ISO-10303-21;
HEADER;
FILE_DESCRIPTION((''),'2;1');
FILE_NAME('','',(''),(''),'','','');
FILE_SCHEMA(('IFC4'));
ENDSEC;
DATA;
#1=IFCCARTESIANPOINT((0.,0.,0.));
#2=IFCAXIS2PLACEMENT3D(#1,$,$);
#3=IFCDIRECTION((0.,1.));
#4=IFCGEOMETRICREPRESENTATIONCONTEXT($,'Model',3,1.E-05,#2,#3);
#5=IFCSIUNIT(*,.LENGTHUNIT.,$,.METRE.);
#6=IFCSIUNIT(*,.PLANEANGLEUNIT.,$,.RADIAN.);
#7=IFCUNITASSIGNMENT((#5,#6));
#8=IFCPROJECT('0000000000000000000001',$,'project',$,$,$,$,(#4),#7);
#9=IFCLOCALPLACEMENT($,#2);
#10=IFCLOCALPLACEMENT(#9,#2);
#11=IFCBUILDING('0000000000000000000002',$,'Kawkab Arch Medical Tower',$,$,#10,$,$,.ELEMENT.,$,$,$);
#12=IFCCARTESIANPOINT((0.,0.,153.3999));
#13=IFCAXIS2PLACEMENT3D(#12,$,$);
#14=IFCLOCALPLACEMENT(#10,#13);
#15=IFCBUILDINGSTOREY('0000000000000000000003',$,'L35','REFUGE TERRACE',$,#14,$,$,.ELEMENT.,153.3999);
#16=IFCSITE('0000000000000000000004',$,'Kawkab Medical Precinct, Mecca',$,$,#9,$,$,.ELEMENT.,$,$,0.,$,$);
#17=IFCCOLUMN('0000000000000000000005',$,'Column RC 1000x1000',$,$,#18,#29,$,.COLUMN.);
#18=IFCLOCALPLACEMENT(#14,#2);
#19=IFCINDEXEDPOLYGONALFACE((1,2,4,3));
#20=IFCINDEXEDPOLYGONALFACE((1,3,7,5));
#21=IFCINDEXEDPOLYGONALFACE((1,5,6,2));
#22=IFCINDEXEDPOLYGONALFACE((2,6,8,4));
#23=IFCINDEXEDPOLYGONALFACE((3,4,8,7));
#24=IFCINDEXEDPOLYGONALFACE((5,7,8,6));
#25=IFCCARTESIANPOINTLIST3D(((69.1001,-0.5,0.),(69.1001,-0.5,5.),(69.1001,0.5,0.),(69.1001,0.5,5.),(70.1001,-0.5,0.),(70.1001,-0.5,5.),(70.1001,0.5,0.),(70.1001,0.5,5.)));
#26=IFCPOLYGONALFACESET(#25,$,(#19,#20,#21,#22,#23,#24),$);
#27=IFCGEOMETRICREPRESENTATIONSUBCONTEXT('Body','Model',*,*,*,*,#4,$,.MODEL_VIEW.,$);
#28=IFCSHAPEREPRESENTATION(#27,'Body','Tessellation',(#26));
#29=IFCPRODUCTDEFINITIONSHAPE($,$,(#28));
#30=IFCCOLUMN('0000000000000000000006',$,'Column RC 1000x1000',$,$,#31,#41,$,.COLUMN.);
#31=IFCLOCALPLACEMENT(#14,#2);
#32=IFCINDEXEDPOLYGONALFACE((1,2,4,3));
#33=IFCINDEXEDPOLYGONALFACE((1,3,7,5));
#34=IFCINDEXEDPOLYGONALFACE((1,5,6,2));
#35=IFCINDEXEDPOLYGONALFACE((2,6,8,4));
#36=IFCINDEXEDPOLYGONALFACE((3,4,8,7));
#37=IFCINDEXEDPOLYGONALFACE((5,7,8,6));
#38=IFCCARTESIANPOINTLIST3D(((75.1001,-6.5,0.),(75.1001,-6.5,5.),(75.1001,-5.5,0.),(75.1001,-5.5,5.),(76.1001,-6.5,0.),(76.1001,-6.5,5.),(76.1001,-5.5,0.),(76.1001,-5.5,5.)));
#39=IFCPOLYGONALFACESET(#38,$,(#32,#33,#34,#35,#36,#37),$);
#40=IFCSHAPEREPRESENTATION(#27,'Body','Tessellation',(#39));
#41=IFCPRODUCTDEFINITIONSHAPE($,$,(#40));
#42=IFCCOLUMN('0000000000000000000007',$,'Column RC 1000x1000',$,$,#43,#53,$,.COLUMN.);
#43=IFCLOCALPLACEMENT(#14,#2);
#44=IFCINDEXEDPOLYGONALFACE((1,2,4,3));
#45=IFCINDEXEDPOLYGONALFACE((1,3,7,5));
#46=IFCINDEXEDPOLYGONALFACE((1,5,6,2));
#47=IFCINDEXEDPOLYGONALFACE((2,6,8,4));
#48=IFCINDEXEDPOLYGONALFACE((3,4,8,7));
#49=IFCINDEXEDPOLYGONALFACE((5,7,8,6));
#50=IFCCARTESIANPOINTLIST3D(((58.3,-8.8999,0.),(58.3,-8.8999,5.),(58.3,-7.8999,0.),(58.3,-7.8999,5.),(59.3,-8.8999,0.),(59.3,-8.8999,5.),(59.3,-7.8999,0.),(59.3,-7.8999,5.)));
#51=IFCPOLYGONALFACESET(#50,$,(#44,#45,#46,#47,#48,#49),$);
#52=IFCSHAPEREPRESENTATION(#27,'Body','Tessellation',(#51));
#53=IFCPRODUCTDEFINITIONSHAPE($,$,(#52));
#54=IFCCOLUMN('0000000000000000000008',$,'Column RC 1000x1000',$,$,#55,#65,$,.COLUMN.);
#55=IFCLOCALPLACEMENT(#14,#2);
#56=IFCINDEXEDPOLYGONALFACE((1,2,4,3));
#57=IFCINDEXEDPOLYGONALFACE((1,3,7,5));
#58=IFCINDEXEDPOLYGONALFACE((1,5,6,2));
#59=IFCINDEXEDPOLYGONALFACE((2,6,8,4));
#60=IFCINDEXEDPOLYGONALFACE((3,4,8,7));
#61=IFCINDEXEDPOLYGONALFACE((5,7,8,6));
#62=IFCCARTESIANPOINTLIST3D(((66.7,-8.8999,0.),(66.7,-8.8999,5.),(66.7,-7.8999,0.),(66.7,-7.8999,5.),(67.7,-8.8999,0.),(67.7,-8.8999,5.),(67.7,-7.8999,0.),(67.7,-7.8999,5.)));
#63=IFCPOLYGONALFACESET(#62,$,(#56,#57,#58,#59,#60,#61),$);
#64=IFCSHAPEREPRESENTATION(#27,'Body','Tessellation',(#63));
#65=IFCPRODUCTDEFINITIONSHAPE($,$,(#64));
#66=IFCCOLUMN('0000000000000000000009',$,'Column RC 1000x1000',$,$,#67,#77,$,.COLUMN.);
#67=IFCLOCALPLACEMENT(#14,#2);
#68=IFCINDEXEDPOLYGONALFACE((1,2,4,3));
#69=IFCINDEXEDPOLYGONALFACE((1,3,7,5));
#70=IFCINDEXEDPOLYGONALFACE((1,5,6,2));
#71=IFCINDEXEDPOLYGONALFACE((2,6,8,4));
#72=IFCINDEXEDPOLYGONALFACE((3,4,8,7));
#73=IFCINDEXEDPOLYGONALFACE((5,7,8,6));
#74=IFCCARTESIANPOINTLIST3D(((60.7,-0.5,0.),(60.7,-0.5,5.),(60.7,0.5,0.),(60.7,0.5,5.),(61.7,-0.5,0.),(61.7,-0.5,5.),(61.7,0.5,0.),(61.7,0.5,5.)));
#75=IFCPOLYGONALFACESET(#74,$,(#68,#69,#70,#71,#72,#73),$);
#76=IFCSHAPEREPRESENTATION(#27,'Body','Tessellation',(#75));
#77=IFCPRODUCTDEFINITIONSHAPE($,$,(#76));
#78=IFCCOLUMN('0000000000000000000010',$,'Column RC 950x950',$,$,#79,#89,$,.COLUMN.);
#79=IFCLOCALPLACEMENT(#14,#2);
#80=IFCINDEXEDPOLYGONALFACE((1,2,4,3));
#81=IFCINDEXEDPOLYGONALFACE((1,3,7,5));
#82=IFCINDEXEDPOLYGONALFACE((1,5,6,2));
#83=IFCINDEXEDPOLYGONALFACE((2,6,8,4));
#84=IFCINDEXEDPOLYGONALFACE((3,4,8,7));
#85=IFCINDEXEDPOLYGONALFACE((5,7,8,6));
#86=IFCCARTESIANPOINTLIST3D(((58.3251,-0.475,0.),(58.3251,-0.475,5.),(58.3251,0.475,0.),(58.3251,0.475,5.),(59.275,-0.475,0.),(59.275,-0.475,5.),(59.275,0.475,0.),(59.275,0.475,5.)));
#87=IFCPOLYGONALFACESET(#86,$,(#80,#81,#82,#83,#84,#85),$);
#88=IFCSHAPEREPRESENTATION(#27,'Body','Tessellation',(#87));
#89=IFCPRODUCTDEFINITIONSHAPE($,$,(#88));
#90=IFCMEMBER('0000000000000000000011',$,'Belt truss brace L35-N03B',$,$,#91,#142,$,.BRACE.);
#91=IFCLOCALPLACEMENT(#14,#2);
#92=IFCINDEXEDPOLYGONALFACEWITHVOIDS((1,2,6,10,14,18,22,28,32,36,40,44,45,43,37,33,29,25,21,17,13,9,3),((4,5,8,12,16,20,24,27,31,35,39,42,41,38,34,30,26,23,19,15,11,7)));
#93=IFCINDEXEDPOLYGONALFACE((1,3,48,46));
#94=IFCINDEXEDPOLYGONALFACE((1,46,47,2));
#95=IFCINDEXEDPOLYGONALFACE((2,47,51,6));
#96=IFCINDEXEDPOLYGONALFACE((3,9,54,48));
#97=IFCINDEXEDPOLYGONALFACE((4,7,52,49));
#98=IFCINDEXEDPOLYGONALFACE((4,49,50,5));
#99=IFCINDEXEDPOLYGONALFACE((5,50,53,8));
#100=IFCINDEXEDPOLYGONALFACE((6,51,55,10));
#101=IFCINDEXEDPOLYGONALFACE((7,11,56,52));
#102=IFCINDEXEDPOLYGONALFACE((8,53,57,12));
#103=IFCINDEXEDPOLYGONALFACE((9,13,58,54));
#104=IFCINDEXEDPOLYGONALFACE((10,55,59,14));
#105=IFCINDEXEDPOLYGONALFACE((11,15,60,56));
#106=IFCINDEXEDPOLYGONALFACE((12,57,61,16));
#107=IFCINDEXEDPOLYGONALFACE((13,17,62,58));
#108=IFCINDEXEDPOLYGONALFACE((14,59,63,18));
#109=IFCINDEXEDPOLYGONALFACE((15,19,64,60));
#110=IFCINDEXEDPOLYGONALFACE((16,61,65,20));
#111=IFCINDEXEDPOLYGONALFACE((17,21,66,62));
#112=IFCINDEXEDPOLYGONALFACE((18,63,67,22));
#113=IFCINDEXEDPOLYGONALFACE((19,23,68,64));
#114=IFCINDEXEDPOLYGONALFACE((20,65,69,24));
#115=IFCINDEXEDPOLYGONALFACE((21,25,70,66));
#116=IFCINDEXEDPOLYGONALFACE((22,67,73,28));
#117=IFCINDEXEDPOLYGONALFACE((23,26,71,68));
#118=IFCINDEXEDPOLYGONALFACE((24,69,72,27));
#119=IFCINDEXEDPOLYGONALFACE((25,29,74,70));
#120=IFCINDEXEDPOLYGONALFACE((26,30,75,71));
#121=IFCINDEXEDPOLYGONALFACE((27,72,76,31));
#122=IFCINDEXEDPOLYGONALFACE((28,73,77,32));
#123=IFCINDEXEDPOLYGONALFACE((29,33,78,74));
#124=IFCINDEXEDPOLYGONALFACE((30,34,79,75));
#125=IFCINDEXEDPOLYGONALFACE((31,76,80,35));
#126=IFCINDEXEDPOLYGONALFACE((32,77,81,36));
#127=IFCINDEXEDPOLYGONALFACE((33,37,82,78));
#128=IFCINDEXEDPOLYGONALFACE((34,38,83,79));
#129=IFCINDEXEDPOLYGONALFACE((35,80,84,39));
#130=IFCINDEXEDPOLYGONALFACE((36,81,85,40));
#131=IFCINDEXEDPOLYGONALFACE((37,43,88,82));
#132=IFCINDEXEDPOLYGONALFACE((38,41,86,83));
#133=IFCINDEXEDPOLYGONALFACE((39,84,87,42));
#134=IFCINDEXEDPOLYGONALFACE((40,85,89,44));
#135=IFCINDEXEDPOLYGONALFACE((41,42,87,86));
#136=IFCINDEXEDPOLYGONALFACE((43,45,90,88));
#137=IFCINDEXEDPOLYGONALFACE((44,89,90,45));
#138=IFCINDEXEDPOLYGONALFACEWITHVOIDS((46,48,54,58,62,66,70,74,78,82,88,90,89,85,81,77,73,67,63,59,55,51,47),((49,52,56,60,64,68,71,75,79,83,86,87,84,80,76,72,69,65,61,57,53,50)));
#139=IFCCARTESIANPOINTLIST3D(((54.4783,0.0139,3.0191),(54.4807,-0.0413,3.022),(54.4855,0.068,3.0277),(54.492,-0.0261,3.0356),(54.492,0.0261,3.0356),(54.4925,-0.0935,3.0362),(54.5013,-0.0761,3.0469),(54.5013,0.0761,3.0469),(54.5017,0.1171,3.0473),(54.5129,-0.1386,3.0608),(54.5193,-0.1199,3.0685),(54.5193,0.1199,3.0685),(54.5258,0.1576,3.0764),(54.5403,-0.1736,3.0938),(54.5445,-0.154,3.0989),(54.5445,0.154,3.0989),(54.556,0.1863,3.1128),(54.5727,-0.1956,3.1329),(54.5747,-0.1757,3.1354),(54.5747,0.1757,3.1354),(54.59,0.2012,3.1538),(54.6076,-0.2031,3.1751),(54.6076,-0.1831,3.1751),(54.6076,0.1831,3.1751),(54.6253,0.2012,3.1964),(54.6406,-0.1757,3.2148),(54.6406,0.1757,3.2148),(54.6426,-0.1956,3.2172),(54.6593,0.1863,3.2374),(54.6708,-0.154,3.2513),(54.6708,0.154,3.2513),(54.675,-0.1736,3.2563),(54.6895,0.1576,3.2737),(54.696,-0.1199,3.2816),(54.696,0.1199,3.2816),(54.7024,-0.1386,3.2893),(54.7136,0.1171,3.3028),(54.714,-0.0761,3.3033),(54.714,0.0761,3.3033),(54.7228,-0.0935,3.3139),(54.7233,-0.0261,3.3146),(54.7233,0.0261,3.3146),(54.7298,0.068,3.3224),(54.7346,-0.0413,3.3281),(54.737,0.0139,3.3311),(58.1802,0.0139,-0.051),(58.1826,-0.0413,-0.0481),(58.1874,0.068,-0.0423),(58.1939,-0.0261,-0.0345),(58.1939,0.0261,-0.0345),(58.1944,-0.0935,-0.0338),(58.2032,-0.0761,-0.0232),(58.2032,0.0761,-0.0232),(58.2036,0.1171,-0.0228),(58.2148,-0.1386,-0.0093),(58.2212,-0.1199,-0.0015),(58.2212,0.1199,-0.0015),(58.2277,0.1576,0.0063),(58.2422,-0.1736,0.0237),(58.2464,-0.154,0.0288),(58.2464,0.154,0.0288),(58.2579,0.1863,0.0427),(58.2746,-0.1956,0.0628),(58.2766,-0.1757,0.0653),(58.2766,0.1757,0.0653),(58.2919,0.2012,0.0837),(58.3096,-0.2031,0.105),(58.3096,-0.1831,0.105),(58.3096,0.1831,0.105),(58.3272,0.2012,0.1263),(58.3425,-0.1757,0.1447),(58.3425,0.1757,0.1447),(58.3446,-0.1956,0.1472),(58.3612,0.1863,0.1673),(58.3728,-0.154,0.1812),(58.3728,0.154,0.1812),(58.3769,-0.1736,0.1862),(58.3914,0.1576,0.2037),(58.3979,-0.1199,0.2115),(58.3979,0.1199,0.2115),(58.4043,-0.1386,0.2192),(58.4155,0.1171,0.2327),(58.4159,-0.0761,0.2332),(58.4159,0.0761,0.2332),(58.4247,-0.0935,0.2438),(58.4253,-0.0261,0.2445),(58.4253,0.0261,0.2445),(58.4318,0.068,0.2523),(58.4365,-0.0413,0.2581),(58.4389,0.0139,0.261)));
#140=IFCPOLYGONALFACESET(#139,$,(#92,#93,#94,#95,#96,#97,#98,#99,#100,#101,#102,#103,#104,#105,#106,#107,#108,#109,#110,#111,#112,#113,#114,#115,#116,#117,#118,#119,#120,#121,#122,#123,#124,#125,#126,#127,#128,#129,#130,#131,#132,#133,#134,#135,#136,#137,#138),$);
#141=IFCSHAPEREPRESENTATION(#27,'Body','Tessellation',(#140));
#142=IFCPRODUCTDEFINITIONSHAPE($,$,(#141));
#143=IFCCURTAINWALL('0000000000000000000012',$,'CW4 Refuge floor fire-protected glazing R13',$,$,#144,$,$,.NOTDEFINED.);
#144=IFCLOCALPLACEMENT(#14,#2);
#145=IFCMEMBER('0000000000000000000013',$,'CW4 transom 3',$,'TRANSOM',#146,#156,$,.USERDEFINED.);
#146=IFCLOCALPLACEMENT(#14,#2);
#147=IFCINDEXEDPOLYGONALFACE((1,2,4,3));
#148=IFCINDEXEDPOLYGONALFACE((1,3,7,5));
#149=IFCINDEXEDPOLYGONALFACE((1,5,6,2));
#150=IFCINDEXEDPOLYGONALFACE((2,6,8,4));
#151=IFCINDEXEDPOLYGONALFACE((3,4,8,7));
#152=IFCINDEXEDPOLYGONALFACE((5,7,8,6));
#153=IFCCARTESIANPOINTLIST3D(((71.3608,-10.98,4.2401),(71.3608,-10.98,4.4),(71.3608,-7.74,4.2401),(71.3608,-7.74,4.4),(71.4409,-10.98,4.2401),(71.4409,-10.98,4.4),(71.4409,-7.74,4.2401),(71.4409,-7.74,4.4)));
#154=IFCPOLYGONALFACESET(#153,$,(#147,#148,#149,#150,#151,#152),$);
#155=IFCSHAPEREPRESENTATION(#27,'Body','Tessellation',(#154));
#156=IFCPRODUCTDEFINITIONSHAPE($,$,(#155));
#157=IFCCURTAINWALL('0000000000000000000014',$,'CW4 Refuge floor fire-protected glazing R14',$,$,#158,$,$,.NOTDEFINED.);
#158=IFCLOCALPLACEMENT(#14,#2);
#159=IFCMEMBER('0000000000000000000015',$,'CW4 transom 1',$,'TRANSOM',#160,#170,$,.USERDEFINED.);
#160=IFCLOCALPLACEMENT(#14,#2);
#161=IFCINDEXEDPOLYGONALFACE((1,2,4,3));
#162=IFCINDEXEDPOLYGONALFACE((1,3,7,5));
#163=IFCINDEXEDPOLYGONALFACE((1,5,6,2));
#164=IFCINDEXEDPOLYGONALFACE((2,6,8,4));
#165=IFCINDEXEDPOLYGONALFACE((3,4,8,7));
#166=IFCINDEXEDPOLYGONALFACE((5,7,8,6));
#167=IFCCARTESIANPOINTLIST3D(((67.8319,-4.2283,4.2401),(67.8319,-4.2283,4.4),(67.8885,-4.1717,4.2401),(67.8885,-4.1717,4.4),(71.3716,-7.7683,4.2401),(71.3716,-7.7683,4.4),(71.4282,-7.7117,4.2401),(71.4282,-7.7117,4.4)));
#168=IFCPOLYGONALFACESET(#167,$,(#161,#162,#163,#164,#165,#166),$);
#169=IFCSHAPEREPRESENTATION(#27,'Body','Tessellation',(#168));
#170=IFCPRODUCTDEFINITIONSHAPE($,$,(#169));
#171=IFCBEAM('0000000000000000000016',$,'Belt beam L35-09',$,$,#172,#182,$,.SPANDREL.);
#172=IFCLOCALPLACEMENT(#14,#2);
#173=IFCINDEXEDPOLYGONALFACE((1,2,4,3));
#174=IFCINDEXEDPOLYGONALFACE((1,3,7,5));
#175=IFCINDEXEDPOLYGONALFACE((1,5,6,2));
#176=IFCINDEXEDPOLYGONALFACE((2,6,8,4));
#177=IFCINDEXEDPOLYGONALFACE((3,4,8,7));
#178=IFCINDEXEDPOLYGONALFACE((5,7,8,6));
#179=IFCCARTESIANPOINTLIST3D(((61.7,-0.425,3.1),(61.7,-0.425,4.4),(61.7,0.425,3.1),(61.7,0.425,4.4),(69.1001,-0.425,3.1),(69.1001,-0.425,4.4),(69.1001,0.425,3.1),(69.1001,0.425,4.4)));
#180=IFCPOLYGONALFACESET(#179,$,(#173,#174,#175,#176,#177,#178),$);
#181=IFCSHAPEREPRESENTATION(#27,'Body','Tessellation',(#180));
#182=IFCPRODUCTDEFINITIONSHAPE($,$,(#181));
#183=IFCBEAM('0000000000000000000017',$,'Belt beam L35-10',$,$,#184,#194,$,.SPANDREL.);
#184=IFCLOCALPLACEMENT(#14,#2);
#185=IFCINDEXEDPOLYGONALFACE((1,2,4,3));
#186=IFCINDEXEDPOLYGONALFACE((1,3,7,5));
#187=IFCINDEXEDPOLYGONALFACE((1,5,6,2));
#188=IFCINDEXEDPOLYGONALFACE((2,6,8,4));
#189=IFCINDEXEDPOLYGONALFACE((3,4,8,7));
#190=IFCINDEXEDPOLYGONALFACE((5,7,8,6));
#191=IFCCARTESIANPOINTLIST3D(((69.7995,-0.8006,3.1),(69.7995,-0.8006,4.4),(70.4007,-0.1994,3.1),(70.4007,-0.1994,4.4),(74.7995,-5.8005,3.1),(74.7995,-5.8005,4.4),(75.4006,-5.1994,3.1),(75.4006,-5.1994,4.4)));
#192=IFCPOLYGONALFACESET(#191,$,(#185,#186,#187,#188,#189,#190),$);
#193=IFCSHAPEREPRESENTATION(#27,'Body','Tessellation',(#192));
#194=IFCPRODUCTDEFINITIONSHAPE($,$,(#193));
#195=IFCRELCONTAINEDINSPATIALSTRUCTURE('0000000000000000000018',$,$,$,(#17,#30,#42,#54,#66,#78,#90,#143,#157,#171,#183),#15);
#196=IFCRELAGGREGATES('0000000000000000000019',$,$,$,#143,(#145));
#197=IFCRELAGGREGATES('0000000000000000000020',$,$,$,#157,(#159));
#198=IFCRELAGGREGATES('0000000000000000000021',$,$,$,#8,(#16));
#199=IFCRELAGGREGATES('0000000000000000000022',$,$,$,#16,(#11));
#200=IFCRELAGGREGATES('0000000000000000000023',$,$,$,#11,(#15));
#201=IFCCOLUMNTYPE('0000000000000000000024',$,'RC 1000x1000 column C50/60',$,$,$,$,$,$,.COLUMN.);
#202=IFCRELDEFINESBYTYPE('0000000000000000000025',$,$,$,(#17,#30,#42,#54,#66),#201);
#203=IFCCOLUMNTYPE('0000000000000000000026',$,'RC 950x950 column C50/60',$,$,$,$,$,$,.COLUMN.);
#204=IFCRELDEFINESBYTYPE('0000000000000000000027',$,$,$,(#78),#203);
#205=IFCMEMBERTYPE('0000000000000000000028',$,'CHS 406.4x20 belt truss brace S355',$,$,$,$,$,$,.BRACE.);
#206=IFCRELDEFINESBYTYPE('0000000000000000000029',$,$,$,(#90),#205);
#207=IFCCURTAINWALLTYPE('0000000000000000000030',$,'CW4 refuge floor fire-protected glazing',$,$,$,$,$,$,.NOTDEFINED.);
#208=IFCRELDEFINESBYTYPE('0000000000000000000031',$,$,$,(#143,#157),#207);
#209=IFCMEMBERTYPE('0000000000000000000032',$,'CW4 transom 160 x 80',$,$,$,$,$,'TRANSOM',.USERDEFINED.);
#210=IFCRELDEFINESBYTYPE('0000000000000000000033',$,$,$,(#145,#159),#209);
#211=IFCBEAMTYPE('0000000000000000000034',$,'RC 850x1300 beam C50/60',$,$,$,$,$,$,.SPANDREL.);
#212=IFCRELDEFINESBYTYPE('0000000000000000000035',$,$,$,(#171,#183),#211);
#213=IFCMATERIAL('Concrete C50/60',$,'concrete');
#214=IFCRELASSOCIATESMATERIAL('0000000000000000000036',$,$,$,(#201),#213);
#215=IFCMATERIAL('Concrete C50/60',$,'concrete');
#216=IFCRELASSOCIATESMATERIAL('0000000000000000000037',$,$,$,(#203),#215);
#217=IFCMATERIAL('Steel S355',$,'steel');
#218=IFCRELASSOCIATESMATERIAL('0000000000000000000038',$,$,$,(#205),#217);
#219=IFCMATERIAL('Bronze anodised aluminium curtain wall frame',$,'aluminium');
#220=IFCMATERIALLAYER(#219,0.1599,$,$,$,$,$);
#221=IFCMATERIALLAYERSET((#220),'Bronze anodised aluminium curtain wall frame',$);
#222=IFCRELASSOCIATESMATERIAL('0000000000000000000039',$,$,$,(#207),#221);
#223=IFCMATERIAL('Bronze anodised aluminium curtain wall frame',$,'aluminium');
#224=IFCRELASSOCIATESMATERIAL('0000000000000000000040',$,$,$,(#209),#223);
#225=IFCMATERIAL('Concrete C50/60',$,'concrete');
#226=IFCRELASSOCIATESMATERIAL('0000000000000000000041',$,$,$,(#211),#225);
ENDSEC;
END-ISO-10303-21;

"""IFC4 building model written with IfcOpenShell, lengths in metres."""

from ifc_helpers import new_model, si_unit, direction, frame, origin, origin_2d, place, context, subcontext, project, spatial, rectangle, hollow_circle, extrude, material, layer, layer_set, material_profile, profile_set, type_object, element, aggregate, save


model = new_model("IFC4")

# Units and contexts
model_context = context("Model", 3, precision=1e-05, world=origin(), true_north=direction((0.0, 1.0)))
body_context = subcontext(model_context, "Body", "Model", "MODEL_VIEW")
ifc_project = project(units=[si_unit("LENGTHUNIT", "METRE"), si_unit("PLANEANGLEUNIT", "RADIAN")], contexts=[model_context])

# Site, building, storey
site_placement = place(None, origin())
site = spatial("IfcSite", under=ifc_project, at=site_placement, Name="Kawkab Medical Precinct, Mecca", CompositionType="ELEMENT", RefElevation=0.0)
building_placement = place(site_placement, origin())
building = spatial("IfcBuilding", under=site, at=building_placement, Name="Kawkab Arch Medical Tower", CompositionType="ELEMENT")
storey_placement = place(building_placement, frame((0.0, 0.0, 153.3999)))
storey = spatial("IfcBuildingStorey", under=building, at=storey_placement, Name="L35", Description="REFUGE TERRACE", CompositionType="ELEMENT", Elevation=153.3999)

# Columns
ifc_material_1 = material(Name="Concrete C50/60", Category="concrete")
ifc_material_profile_1 = material_profile(ifc_material_1, rectangle(XDim=1.0, YDim=1.0, at=origin_2d()), Name="RC 1000x1000")
ifc_profile_set_1 = profile_set([ifc_material_profile_1], Name="Concrete C50/60")
column_type_1 = type_object("IfcColumnType", Name="RC 1000x1000 column C50/60", PredefinedType="COLUMN", material=ifc_profile_set_1)
for number, where, z_axis, x_axis, name in (
    (1, (69.6001, 0.0, 0.0), (0.0, 0.0, 1.0), (1.0, 0.0, 0.0), "Column RC 1000x1000"),
    (2, (75.6001, -6.0, 0.0), (0.0, 0.0, 1.0), (1.0, 0.0, 0.0), "Column RC 1000x1000"),
    (3, (58.8, -8.3999, 0.0), (0.0, 0.0, 1.0), (1.0, 0.0, 0.0), "Column RC 1000x1000"),
    (4, (67.2, -8.3999, 0.0), (0.0, 0.0, 1.0), (1.0, 0.0, 0.0), "Column RC 1000x1000"),
    (5, (61.2, 0.0, 0.0), (0.0, 0.0, 1.0), (1.0, 0.0, 0.0), "Column RC 1000x1000"),
):
    element("IfcColumn", number, at=place(storey_placement, frame(where, z_axis=z_axis, x_axis=x_axis)), inside=storey, type_object=column_type_1, Name=name, PredefinedType="COLUMN", context=body_context, shape_type="SweptSolid", body=[
        extrude(rectangle(XDim=1.0, YDim=1.0, at=origin_2d()), origin(), (0.0, 0.0, 1.0), 5.0),
    ])
ifc_material_2 = material(Name="Concrete C50/60", Category="concrete")
ifc_material_profile_2 = material_profile(ifc_material_2, rectangle(XDim=0.95, YDim=0.95, at=origin_2d()), Name="RC 950x950")
ifc_profile_set_2 = profile_set([ifc_material_profile_2], Name="Concrete C50/60")
column_type_2 = type_object("IfcColumnType", Name="RC 950x950 column C50/60", PredefinedType="COLUMN", material=ifc_profile_set_2)
column_placement = place(storey_placement, frame((58.8, 0.0, 0.0), z_axis=(0.0, 0.0, 1.0), x_axis=(1.0, 0.0, 0.0)))
element("IfcColumn", 6, at=column_placement, inside=storey, type_object=column_type_2, Name="Column RC 950x950", PredefinedType="COLUMN", context=body_context, shape_type="SweptSolid", body=[
    extrude(rectangle(XDim=0.95, YDim=0.95, at=origin_2d()), origin(), (0.0, 0.0, 1.0), 5.0),
])

# Member
ifc_material_3 = material(Name="Steel S355", Category="steel")
ifc_material_profile_3 = material_profile(ifc_material_3, hollow_circle(Radius=0.2031, WallThickness=0.02, at=origin_2d()), Name="CHS 406.4x20")
ifc_profile_set_3 = profile_set([ifc_material_profile_3], Name="Steel S355")
member_type_1 = type_object("IfcMemberType", Name="CHS 406.4x20 belt truss brace S355", PredefinedType="BRACE", material=ifc_profile_set_3)
member_1_placement = place(storey_placement, frame((58.3096, 0.0, 0.105), z_axis=(-0.769738, 0.0, 0.63836), x_axis=(0.0, -1.0, 0.0)))
element("IfcMember", 7, at=member_1_placement, inside=storey, type_object=member_type_1, Name="Belt truss brace L35-N03B", PredefinedType="BRACE", context=body_context, shape_type="SweptSolid", body=[
    extrude(hollow_circle(Radius=0.2031, WallThickness=0.02, at=origin_2d()), origin(), (0.0, 0.0, 1.0), 4.8093),
])

# Curtain walls, members
ifc_material_4 = material(Name="Bronze anodised aluminium curtain wall frame", Category="aluminium")
ifc_layer_1 = layer(ifc_material_4, 0.1599)
ifc_layer_set_1 = layer_set([ifc_layer_1], Name="Bronze anodised aluminium curtain wall frame")
curtain_wall_type = type_object("IfcCurtainWallType", Name="CW4 refuge floor fire-protected glazing", PredefinedType="NOTDEFINED", material=ifc_layer_set_1)
placement = place(storey_placement, origin())
curtain_wall_1 = element("IfcCurtainWall", 8, at=placement, inside=storey, type_object=curtain_wall_type, Name="CW4 Refuge floor fire-protected glazing R13", PredefinedType="NOTDEFINED")
ifc_material_5 = material(Name="Bronze anodised aluminium curtain wall frame", Category="aluminium")
ifc_material_profile_4 = material_profile(ifc_material_5, rectangle(XDim=0.0801, YDim=0.1599, at=origin_2d()), Name="AL 80x160")
ifc_profile_set_4 = profile_set([ifc_material_profile_4], Name="Bronze anodised aluminium curtain wall frame")
member_type_2 = type_object("IfcMemberType", Name="CW4 transom 160 x 80", ElementType="TRANSOM", PredefinedType="USERDEFINED", material=ifc_profile_set_4)
member_2_placement = place(storey_placement, frame((71.4009, -10.98, 4.3201), z_axis=(0.0, 1.0, 0.0), x_axis=(-1.0, 0.0, 0.0)))
member_2 = element("IfcMember", 9, at=member_2_placement, type_object=member_type_2, Name="CW4 transom 3", ObjectType="TRANSOM", PredefinedType="USERDEFINED", context=body_context, shape_type="SweptSolid", body=[
    extrude(rectangle(XDim=0.0801, YDim=0.1599, at=origin_2d()), origin(), (0.0, 0.0, 1.0), 3.24),
])
curtain_wall_2 = element("IfcCurtainWall", 10, at=placement, inside=storey, type_object=curtain_wall_type, Name="CW4 Refuge floor fire-protected glazing R14", PredefinedType="NOTDEFINED")
member_3_placement = place(storey_placement, frame((71.3999, -7.74, 4.3201), z_axis=(-0.707082, 0.707131, 0.0), x_axis=(-0.707131, -0.707082, 0.0)))
member_3 = element("IfcMember", 11, at=member_3_placement, type_object=member_type_2, Name="CW4 transom 1", ObjectType="TRANSOM", PredefinedType="USERDEFINED", context=body_context, shape_type="SweptSolid", body=[
    extrude(rectangle(XDim=0.0801, YDim=0.1599, at=origin_2d()), origin(), (0.0, 0.0, 1.0), 5.0061),
])

# Beams
ifc_material_6 = material(Name="Concrete C50/60", Category="concrete")
ifc_material_profile_5 = material_profile(ifc_material_6, rectangle(XDim=0.8501, YDim=1.3, at=origin_2d()), Name="RC 850x1300")
ifc_profile_set_5 = profile_set([ifc_material_profile_5], Name="Concrete C50/60")
beam_type = type_object("IfcBeamType", Name="RC 850x1300 beam C50/60", PredefinedType="SPANDREL", material=ifc_profile_set_5)
beam_1_placement = place(storey_placement, frame((61.7, 0.0, 3.75), z_axis=(1.0, 0.0, 0.0), x_axis=(0.0, 1.0, 0.0)))
element("IfcBeam", 12, at=beam_1_placement, inside=storey, type_object=beam_type, Name="Belt beam L35-09", PredefinedType="SPANDREL", context=body_context, shape_type="SweptSolid", body=[
    extrude(rectangle(XDim=0.8501, YDim=1.3, at=origin_2d()), origin(), (0.0, 0.0, 1.0), 7.4001),
])
beam_2_placement = place(storey_placement, frame((70.1001, -0.5, 3.75), z_axis=(0.707107, -0.707107, 0.0), x_axis=(0.707107, 0.707107, 0.0)))
element("IfcBeam", 13, at=beam_2_placement, inside=storey, type_object=beam_type, Name="Belt beam L35-10", PredefinedType="SPANDREL", context=body_context, shape_type="SweptSolid", body=[
    extrude(rectangle(XDim=0.8501, YDim=1.3, at=origin_2d()), origin(), (0.0, 0.0, 1.0), 7.071),
])

aggregate(curtain_wall_1, [member_2])
aggregate(curtain_wall_2, [member_3])

save(model, "model.ifc")
